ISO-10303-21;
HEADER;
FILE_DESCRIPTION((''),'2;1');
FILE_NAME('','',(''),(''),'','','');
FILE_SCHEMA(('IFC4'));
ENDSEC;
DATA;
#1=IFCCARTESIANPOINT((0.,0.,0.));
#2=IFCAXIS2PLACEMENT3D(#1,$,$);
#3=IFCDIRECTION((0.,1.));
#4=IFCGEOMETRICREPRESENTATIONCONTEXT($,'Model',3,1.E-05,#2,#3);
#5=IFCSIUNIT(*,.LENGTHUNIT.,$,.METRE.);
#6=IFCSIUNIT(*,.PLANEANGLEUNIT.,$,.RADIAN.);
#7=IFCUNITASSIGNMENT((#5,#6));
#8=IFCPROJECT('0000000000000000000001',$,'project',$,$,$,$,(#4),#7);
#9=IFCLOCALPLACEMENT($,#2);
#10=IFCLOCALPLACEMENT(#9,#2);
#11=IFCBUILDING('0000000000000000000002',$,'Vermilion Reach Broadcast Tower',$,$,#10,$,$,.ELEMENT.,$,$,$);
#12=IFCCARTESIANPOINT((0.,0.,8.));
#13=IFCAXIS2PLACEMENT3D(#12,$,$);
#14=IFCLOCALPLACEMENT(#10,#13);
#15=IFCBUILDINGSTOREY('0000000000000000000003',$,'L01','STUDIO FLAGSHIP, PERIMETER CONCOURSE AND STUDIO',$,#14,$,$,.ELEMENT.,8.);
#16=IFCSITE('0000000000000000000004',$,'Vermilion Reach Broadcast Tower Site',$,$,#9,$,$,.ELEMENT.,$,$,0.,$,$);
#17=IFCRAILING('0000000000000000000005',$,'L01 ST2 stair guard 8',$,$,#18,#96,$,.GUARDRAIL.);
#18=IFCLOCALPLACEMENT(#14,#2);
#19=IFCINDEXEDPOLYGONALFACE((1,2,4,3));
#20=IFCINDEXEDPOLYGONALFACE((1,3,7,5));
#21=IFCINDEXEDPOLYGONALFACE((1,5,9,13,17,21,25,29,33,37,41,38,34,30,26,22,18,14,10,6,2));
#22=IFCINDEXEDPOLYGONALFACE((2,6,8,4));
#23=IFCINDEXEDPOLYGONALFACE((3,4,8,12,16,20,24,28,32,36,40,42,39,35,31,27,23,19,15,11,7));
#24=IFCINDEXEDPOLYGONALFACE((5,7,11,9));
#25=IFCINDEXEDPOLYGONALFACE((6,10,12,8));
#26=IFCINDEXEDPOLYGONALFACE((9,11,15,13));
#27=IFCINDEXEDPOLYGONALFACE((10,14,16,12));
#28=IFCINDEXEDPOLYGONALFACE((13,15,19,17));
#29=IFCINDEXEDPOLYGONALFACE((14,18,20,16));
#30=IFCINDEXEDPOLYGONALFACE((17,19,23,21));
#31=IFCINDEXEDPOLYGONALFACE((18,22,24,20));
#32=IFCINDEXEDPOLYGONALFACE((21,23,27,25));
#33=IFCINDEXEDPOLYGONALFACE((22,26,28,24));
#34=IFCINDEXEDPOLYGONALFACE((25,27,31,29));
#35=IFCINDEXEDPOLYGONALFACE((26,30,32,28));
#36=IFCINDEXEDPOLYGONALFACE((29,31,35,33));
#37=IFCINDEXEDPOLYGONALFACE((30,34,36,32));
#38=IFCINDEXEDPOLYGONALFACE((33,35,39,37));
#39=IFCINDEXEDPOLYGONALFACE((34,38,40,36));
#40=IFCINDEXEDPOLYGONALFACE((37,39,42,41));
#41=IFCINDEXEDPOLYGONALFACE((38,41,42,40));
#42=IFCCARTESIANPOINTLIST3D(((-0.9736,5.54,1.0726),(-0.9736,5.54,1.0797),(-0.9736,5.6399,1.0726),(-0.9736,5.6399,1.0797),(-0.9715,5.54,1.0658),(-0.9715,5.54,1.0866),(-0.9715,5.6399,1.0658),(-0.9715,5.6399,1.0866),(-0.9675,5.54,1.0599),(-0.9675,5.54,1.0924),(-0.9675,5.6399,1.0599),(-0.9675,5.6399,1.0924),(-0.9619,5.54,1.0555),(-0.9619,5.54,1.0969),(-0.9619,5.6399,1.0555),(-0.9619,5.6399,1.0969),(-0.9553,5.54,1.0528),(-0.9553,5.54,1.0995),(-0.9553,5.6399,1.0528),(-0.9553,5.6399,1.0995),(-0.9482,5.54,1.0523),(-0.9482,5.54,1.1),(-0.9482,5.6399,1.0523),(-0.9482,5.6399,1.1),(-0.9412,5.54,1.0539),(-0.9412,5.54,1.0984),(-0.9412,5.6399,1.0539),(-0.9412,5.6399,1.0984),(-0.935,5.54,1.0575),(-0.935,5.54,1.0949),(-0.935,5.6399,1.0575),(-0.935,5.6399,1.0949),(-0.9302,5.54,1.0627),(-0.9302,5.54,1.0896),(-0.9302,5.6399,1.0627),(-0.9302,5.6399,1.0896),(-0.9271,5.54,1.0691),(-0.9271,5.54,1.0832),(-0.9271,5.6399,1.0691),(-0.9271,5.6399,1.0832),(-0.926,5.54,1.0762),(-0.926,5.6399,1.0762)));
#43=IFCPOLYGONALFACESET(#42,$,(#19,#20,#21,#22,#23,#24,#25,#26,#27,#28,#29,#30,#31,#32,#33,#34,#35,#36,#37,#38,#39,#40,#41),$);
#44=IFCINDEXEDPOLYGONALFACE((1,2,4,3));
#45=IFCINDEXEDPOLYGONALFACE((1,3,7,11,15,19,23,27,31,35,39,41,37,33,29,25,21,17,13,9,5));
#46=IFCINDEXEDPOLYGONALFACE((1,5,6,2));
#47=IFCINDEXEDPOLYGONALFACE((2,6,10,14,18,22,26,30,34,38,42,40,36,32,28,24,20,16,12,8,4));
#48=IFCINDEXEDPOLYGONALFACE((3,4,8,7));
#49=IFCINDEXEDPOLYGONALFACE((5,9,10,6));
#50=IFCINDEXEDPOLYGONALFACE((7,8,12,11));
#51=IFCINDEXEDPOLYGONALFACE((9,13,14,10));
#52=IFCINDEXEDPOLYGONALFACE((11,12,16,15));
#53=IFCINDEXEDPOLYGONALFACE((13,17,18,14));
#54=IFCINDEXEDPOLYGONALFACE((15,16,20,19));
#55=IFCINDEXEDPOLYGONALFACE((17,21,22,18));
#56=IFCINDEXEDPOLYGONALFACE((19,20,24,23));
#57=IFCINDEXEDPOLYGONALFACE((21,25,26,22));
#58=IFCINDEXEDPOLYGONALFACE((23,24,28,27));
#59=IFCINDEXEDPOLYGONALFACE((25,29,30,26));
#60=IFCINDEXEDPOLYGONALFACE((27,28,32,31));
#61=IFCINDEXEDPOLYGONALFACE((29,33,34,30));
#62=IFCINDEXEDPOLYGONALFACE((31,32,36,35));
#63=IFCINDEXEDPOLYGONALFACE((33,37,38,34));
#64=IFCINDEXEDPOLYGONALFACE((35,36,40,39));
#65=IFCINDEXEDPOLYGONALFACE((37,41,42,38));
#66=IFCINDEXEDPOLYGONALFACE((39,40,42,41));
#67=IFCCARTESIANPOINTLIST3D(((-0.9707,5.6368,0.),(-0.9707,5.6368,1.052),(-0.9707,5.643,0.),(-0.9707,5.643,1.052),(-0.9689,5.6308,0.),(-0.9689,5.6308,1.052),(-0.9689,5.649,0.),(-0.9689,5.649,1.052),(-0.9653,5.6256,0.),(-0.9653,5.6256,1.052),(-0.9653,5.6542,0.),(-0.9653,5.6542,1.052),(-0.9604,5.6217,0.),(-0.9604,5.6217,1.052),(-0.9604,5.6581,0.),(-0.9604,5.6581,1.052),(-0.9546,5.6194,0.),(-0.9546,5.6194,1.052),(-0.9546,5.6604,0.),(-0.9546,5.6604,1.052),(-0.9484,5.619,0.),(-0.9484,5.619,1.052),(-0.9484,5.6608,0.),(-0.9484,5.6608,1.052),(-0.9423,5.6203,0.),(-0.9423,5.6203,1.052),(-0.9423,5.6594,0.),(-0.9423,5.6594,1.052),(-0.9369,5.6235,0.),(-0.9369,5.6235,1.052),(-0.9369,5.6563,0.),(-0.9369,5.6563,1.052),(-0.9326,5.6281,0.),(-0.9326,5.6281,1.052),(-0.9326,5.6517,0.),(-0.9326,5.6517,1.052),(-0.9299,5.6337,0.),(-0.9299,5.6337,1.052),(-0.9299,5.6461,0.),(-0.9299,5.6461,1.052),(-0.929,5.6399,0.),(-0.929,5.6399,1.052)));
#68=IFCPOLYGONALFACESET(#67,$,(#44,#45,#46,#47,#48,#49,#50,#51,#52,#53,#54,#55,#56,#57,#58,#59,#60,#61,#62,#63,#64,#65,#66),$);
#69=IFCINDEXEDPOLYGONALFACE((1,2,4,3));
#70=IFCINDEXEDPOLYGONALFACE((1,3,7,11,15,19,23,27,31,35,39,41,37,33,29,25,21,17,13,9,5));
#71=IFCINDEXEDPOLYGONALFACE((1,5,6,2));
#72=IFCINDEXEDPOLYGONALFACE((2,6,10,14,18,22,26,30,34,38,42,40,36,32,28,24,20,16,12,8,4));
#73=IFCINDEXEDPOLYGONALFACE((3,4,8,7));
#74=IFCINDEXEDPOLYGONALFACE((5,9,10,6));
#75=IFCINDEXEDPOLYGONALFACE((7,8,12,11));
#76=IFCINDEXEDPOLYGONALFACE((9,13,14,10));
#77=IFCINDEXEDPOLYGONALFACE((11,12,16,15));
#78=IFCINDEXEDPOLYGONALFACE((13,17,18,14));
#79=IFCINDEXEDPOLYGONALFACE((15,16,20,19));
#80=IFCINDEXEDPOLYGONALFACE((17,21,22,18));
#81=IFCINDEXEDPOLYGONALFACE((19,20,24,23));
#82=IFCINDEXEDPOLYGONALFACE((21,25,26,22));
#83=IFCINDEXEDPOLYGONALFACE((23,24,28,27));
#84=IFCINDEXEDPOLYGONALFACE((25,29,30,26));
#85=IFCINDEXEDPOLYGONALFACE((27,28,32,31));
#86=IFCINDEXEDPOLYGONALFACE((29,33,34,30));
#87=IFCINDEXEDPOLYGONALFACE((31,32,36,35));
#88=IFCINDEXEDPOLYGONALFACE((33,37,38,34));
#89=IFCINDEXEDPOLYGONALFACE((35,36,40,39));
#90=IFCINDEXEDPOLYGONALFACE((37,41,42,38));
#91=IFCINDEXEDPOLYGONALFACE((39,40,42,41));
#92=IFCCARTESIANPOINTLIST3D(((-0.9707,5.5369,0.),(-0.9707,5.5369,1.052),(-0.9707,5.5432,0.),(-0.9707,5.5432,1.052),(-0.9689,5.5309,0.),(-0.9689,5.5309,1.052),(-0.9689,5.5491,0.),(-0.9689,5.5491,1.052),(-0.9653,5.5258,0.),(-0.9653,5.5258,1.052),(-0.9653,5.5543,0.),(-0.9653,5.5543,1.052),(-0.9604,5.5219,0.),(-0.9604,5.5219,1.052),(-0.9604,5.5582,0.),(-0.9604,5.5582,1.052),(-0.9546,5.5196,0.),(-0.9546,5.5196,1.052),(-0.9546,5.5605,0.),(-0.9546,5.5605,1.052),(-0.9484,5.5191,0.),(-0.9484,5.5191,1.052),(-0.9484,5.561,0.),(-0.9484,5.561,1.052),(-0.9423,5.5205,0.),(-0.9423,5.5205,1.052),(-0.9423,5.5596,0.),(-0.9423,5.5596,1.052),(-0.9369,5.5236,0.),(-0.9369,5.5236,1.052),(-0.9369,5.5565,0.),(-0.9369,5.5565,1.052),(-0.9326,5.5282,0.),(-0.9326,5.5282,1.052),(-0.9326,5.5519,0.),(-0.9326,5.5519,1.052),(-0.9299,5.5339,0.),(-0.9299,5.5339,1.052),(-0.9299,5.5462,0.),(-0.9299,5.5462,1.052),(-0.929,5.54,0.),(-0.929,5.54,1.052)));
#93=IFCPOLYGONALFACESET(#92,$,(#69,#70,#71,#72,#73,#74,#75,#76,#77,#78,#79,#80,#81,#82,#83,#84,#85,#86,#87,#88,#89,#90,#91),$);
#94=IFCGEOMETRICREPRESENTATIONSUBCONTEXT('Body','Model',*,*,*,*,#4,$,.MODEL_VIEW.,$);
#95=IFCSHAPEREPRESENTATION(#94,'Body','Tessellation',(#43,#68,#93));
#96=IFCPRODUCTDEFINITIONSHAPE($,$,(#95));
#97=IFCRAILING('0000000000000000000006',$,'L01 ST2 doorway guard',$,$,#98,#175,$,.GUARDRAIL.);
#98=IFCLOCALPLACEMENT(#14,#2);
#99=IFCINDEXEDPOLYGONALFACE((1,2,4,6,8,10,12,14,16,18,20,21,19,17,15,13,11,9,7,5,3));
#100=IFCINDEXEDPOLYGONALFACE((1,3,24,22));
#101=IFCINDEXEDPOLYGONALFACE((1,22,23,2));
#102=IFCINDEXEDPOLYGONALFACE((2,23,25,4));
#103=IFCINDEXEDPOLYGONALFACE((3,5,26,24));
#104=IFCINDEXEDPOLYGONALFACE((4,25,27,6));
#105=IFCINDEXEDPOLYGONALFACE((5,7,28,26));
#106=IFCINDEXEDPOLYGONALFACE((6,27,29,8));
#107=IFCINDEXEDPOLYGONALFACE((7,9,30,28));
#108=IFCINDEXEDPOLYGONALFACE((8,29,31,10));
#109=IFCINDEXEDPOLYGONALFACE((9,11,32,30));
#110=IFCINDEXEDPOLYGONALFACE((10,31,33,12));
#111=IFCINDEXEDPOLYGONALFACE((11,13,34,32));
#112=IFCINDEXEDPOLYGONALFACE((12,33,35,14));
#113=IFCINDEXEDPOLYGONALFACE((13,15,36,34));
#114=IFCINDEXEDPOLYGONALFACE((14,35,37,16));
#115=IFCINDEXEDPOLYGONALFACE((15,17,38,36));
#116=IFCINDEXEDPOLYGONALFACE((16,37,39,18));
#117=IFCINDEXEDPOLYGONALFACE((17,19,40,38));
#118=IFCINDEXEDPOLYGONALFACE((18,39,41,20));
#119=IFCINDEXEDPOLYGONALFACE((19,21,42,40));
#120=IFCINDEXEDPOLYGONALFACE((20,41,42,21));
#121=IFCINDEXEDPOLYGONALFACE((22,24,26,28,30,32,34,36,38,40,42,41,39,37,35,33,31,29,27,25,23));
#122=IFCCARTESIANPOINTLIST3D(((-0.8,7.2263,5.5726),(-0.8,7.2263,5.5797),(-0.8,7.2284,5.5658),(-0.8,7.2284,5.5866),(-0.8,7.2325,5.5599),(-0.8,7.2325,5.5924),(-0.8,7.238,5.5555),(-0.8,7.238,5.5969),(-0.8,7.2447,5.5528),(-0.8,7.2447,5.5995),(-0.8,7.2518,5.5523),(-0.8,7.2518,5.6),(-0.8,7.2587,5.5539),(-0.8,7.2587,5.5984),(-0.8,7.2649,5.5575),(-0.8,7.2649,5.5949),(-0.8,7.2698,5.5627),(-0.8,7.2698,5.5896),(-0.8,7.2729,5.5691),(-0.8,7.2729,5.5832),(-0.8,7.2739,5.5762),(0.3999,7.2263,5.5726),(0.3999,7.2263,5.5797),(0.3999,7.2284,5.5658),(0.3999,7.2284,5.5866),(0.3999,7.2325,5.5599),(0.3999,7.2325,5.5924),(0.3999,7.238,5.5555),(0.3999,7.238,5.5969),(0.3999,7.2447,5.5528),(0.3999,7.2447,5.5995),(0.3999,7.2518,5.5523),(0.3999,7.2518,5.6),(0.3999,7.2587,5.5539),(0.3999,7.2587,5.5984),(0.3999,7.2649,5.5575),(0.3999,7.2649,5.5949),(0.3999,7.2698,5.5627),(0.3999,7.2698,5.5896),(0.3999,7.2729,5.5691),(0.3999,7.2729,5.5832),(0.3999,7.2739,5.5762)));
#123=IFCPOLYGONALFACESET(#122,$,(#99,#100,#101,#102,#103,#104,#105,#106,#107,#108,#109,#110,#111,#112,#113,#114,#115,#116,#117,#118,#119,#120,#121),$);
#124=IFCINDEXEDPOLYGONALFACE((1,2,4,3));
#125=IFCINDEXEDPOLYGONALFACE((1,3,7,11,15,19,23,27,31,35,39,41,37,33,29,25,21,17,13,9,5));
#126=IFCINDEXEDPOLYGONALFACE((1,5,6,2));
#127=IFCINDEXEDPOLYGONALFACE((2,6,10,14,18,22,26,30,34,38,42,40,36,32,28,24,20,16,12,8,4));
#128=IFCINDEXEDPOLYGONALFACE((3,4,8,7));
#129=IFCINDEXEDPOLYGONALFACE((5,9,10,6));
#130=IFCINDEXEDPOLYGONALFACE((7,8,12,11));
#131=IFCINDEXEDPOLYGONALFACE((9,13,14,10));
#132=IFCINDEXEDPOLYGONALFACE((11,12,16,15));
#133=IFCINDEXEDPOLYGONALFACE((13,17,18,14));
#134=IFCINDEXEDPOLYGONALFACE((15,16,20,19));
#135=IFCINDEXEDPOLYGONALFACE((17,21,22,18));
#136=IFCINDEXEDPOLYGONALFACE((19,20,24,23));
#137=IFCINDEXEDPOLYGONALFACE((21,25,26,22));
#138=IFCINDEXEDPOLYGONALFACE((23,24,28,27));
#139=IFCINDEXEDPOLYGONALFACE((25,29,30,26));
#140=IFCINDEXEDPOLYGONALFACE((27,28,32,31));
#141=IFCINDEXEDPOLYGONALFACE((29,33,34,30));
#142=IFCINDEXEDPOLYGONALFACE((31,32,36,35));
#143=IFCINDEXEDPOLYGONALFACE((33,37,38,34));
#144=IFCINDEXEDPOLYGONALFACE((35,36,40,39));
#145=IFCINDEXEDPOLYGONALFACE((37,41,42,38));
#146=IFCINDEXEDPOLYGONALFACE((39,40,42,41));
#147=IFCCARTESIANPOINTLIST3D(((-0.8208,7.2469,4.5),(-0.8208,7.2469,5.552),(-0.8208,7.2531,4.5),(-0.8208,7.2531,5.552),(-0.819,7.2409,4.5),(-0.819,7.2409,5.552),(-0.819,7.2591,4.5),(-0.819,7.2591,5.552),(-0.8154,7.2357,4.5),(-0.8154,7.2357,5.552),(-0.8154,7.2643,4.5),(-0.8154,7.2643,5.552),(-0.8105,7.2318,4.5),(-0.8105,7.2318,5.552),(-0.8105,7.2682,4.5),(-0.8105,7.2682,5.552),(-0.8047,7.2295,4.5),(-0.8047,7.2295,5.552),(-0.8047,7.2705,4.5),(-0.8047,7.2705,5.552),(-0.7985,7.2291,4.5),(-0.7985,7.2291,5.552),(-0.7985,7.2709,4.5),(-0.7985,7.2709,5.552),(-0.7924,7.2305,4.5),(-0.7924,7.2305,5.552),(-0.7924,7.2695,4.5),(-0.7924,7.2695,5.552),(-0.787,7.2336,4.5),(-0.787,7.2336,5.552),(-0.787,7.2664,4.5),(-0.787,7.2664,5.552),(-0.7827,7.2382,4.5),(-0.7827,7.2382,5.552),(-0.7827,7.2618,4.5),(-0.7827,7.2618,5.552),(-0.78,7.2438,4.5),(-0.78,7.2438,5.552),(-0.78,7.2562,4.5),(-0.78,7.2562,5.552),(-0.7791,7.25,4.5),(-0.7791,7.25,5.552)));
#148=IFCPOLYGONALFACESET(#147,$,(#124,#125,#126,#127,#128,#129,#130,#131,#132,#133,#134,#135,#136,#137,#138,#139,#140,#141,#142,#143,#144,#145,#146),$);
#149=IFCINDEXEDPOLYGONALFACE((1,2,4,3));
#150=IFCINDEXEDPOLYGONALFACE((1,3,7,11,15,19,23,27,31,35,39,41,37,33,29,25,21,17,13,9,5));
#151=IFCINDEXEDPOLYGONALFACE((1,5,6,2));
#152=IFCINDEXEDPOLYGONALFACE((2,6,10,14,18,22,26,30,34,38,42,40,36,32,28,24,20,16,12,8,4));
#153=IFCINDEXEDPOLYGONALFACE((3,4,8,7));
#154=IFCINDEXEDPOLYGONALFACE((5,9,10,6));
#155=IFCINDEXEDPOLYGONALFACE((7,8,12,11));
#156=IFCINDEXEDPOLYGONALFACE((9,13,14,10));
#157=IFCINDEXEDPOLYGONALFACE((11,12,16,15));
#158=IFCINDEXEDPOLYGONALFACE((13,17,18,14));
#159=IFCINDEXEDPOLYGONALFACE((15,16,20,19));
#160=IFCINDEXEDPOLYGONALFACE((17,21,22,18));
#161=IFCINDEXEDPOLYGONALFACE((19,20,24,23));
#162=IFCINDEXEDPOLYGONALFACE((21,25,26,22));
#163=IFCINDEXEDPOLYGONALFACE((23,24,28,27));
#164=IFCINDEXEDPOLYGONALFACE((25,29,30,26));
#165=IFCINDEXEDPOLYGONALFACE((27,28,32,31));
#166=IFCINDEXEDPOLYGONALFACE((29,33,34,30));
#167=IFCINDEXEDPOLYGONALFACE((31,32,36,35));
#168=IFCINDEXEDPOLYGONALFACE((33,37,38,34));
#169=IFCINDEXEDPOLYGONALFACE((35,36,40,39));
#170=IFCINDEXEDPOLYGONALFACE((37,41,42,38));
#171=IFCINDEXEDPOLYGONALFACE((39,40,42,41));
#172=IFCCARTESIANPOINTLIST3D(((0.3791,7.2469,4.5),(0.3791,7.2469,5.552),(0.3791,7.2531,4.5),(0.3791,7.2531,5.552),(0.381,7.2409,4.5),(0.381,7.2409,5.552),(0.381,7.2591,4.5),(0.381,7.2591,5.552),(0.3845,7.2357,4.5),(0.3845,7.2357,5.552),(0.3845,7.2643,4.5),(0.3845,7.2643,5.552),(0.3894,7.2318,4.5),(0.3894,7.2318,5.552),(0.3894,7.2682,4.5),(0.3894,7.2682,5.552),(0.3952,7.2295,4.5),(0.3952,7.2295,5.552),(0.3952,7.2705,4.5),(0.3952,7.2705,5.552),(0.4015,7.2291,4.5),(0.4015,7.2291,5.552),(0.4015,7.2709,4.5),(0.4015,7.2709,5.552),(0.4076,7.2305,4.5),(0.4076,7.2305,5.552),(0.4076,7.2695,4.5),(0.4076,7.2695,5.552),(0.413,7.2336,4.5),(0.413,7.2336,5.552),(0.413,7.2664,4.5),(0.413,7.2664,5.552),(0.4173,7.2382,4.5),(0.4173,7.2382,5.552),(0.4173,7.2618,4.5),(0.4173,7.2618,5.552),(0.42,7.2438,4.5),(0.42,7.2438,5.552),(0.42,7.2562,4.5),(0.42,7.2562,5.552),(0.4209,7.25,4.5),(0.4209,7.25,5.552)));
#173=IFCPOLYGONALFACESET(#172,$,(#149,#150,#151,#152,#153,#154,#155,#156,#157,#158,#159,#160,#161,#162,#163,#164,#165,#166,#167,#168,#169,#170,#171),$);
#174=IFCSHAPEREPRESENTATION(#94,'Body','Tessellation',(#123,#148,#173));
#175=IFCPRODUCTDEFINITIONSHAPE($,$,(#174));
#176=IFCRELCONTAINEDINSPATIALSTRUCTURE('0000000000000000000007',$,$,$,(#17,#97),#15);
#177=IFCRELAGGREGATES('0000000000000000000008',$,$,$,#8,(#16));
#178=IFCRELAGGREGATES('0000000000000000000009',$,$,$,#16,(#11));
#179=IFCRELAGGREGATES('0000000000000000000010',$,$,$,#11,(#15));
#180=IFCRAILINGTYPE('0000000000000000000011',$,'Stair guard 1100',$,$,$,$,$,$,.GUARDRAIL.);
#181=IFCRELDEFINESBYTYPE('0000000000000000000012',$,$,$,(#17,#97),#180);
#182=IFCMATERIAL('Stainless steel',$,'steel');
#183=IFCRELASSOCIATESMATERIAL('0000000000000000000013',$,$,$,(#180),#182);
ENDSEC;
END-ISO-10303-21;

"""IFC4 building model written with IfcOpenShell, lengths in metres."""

from ifc_helpers import new_model, si_unit, direction, frame, origin, origin_2d, place, context, subcontext, project, spatial, circle, extrude, material, type_object, element, save


model = new_model("IFC4")

# Units and contexts
model_context = context("Model", 3, precision=1e-05, world=origin(), true_north=direction((0.0, 1.0)))
body_context = subcontext(model_context, "Body", "Model", "MODEL_VIEW")
ifc_project = project(units=[si_unit("LENGTHUNIT", "METRE"), si_unit("PLANEANGLEUNIT", "RADIAN")], contexts=[model_context])

# Site, building, storey
site_placement = place(None, origin())
site = spatial("IfcSite", under=ifc_project, at=site_placement, Name="Vermilion Reach Broadcast Tower Site", CompositionType="ELEMENT", RefElevation=0.0)
building_placement = place(site_placement, origin())
building = spatial("IfcBuilding", under=site, at=building_placement, Name="Vermilion Reach Broadcast Tower", CompositionType="ELEMENT")
storey_placement = place(building_placement, frame((0.0, 0.0, 8.0)))
storey = spatial("IfcBuildingStorey", under=building, at=storey_placement, Name="L01", Description="STUDIO FLAGSHIP, PERIMETER CONCOURSE AND STUDIO", CompositionType="ELEMENT", Elevation=8.0)

# Railings
ifc_material_1 = material(Name="Stainless steel", Category="steel")
railing_type_1 = type_object("IfcRailingType", Name="Stair guard 1100", PredefinedType="GUARDRAIL", material=ifc_material_1)
railing_1_placement = place(storey_placement, frame((-0.95, 5.6399, 0.0)))
element("IfcRailing", 1, at=railing_1_placement, inside=storey, type_object=railing_type_1, Name="L01 ST2 stair guard 8", PredefinedType="GUARDRAIL", context=body_context, shape_type="SweptSolid", body=[
    extrude(circle(Radius=0.0239, at=origin_2d()), frame((0.0, 0.0, 1.0762), z_axis=(0.0, -1.0, 0.0), x_axis=(1.0, 0.0, 0.0)), (0.0, 0.0, 1.0), 0.0999),
    extrude(circle(Radius=0.021, at=origin_2d()), origin(), (0.0, 0.0, 1.0), 1.052),
    extrude(circle(Radius=0.021, at=origin_2d()), frame((0.0, -0.0999, 0.0)), (0.0, 0.0, 1.0), 1.052),
])
railing_2_placement = place(storey_placement, frame((-0.8, 7.25, 4.5)))
element("IfcRailing", 2, at=railing_2_placement, inside=storey, type_object=railing_type_1, Name="L01 ST2 doorway guard", PredefinedType="GUARDRAIL", context=body_context, shape_type="SweptSolid", body=[
    extrude(circle(Radius=0.0239, at=origin_2d()), frame((0.0, 0.0, 1.0762), z_axis=(1.0, 0.0, 0.0), x_axis=(0.0, 1.0, 0.0)), (0.0, 0.0, 1.0), 1.2),
    extrude(circle(Radius=0.021, at=origin_2d()), origin(), (0.0, 0.0, 1.0), 1.052),
    extrude(circle(Radius=0.021, at=origin_2d()), frame((1.2, 0.0, 0.0)), (0.0, 0.0, 1.0), 1.052),
])

save(model, "model.ifc")
